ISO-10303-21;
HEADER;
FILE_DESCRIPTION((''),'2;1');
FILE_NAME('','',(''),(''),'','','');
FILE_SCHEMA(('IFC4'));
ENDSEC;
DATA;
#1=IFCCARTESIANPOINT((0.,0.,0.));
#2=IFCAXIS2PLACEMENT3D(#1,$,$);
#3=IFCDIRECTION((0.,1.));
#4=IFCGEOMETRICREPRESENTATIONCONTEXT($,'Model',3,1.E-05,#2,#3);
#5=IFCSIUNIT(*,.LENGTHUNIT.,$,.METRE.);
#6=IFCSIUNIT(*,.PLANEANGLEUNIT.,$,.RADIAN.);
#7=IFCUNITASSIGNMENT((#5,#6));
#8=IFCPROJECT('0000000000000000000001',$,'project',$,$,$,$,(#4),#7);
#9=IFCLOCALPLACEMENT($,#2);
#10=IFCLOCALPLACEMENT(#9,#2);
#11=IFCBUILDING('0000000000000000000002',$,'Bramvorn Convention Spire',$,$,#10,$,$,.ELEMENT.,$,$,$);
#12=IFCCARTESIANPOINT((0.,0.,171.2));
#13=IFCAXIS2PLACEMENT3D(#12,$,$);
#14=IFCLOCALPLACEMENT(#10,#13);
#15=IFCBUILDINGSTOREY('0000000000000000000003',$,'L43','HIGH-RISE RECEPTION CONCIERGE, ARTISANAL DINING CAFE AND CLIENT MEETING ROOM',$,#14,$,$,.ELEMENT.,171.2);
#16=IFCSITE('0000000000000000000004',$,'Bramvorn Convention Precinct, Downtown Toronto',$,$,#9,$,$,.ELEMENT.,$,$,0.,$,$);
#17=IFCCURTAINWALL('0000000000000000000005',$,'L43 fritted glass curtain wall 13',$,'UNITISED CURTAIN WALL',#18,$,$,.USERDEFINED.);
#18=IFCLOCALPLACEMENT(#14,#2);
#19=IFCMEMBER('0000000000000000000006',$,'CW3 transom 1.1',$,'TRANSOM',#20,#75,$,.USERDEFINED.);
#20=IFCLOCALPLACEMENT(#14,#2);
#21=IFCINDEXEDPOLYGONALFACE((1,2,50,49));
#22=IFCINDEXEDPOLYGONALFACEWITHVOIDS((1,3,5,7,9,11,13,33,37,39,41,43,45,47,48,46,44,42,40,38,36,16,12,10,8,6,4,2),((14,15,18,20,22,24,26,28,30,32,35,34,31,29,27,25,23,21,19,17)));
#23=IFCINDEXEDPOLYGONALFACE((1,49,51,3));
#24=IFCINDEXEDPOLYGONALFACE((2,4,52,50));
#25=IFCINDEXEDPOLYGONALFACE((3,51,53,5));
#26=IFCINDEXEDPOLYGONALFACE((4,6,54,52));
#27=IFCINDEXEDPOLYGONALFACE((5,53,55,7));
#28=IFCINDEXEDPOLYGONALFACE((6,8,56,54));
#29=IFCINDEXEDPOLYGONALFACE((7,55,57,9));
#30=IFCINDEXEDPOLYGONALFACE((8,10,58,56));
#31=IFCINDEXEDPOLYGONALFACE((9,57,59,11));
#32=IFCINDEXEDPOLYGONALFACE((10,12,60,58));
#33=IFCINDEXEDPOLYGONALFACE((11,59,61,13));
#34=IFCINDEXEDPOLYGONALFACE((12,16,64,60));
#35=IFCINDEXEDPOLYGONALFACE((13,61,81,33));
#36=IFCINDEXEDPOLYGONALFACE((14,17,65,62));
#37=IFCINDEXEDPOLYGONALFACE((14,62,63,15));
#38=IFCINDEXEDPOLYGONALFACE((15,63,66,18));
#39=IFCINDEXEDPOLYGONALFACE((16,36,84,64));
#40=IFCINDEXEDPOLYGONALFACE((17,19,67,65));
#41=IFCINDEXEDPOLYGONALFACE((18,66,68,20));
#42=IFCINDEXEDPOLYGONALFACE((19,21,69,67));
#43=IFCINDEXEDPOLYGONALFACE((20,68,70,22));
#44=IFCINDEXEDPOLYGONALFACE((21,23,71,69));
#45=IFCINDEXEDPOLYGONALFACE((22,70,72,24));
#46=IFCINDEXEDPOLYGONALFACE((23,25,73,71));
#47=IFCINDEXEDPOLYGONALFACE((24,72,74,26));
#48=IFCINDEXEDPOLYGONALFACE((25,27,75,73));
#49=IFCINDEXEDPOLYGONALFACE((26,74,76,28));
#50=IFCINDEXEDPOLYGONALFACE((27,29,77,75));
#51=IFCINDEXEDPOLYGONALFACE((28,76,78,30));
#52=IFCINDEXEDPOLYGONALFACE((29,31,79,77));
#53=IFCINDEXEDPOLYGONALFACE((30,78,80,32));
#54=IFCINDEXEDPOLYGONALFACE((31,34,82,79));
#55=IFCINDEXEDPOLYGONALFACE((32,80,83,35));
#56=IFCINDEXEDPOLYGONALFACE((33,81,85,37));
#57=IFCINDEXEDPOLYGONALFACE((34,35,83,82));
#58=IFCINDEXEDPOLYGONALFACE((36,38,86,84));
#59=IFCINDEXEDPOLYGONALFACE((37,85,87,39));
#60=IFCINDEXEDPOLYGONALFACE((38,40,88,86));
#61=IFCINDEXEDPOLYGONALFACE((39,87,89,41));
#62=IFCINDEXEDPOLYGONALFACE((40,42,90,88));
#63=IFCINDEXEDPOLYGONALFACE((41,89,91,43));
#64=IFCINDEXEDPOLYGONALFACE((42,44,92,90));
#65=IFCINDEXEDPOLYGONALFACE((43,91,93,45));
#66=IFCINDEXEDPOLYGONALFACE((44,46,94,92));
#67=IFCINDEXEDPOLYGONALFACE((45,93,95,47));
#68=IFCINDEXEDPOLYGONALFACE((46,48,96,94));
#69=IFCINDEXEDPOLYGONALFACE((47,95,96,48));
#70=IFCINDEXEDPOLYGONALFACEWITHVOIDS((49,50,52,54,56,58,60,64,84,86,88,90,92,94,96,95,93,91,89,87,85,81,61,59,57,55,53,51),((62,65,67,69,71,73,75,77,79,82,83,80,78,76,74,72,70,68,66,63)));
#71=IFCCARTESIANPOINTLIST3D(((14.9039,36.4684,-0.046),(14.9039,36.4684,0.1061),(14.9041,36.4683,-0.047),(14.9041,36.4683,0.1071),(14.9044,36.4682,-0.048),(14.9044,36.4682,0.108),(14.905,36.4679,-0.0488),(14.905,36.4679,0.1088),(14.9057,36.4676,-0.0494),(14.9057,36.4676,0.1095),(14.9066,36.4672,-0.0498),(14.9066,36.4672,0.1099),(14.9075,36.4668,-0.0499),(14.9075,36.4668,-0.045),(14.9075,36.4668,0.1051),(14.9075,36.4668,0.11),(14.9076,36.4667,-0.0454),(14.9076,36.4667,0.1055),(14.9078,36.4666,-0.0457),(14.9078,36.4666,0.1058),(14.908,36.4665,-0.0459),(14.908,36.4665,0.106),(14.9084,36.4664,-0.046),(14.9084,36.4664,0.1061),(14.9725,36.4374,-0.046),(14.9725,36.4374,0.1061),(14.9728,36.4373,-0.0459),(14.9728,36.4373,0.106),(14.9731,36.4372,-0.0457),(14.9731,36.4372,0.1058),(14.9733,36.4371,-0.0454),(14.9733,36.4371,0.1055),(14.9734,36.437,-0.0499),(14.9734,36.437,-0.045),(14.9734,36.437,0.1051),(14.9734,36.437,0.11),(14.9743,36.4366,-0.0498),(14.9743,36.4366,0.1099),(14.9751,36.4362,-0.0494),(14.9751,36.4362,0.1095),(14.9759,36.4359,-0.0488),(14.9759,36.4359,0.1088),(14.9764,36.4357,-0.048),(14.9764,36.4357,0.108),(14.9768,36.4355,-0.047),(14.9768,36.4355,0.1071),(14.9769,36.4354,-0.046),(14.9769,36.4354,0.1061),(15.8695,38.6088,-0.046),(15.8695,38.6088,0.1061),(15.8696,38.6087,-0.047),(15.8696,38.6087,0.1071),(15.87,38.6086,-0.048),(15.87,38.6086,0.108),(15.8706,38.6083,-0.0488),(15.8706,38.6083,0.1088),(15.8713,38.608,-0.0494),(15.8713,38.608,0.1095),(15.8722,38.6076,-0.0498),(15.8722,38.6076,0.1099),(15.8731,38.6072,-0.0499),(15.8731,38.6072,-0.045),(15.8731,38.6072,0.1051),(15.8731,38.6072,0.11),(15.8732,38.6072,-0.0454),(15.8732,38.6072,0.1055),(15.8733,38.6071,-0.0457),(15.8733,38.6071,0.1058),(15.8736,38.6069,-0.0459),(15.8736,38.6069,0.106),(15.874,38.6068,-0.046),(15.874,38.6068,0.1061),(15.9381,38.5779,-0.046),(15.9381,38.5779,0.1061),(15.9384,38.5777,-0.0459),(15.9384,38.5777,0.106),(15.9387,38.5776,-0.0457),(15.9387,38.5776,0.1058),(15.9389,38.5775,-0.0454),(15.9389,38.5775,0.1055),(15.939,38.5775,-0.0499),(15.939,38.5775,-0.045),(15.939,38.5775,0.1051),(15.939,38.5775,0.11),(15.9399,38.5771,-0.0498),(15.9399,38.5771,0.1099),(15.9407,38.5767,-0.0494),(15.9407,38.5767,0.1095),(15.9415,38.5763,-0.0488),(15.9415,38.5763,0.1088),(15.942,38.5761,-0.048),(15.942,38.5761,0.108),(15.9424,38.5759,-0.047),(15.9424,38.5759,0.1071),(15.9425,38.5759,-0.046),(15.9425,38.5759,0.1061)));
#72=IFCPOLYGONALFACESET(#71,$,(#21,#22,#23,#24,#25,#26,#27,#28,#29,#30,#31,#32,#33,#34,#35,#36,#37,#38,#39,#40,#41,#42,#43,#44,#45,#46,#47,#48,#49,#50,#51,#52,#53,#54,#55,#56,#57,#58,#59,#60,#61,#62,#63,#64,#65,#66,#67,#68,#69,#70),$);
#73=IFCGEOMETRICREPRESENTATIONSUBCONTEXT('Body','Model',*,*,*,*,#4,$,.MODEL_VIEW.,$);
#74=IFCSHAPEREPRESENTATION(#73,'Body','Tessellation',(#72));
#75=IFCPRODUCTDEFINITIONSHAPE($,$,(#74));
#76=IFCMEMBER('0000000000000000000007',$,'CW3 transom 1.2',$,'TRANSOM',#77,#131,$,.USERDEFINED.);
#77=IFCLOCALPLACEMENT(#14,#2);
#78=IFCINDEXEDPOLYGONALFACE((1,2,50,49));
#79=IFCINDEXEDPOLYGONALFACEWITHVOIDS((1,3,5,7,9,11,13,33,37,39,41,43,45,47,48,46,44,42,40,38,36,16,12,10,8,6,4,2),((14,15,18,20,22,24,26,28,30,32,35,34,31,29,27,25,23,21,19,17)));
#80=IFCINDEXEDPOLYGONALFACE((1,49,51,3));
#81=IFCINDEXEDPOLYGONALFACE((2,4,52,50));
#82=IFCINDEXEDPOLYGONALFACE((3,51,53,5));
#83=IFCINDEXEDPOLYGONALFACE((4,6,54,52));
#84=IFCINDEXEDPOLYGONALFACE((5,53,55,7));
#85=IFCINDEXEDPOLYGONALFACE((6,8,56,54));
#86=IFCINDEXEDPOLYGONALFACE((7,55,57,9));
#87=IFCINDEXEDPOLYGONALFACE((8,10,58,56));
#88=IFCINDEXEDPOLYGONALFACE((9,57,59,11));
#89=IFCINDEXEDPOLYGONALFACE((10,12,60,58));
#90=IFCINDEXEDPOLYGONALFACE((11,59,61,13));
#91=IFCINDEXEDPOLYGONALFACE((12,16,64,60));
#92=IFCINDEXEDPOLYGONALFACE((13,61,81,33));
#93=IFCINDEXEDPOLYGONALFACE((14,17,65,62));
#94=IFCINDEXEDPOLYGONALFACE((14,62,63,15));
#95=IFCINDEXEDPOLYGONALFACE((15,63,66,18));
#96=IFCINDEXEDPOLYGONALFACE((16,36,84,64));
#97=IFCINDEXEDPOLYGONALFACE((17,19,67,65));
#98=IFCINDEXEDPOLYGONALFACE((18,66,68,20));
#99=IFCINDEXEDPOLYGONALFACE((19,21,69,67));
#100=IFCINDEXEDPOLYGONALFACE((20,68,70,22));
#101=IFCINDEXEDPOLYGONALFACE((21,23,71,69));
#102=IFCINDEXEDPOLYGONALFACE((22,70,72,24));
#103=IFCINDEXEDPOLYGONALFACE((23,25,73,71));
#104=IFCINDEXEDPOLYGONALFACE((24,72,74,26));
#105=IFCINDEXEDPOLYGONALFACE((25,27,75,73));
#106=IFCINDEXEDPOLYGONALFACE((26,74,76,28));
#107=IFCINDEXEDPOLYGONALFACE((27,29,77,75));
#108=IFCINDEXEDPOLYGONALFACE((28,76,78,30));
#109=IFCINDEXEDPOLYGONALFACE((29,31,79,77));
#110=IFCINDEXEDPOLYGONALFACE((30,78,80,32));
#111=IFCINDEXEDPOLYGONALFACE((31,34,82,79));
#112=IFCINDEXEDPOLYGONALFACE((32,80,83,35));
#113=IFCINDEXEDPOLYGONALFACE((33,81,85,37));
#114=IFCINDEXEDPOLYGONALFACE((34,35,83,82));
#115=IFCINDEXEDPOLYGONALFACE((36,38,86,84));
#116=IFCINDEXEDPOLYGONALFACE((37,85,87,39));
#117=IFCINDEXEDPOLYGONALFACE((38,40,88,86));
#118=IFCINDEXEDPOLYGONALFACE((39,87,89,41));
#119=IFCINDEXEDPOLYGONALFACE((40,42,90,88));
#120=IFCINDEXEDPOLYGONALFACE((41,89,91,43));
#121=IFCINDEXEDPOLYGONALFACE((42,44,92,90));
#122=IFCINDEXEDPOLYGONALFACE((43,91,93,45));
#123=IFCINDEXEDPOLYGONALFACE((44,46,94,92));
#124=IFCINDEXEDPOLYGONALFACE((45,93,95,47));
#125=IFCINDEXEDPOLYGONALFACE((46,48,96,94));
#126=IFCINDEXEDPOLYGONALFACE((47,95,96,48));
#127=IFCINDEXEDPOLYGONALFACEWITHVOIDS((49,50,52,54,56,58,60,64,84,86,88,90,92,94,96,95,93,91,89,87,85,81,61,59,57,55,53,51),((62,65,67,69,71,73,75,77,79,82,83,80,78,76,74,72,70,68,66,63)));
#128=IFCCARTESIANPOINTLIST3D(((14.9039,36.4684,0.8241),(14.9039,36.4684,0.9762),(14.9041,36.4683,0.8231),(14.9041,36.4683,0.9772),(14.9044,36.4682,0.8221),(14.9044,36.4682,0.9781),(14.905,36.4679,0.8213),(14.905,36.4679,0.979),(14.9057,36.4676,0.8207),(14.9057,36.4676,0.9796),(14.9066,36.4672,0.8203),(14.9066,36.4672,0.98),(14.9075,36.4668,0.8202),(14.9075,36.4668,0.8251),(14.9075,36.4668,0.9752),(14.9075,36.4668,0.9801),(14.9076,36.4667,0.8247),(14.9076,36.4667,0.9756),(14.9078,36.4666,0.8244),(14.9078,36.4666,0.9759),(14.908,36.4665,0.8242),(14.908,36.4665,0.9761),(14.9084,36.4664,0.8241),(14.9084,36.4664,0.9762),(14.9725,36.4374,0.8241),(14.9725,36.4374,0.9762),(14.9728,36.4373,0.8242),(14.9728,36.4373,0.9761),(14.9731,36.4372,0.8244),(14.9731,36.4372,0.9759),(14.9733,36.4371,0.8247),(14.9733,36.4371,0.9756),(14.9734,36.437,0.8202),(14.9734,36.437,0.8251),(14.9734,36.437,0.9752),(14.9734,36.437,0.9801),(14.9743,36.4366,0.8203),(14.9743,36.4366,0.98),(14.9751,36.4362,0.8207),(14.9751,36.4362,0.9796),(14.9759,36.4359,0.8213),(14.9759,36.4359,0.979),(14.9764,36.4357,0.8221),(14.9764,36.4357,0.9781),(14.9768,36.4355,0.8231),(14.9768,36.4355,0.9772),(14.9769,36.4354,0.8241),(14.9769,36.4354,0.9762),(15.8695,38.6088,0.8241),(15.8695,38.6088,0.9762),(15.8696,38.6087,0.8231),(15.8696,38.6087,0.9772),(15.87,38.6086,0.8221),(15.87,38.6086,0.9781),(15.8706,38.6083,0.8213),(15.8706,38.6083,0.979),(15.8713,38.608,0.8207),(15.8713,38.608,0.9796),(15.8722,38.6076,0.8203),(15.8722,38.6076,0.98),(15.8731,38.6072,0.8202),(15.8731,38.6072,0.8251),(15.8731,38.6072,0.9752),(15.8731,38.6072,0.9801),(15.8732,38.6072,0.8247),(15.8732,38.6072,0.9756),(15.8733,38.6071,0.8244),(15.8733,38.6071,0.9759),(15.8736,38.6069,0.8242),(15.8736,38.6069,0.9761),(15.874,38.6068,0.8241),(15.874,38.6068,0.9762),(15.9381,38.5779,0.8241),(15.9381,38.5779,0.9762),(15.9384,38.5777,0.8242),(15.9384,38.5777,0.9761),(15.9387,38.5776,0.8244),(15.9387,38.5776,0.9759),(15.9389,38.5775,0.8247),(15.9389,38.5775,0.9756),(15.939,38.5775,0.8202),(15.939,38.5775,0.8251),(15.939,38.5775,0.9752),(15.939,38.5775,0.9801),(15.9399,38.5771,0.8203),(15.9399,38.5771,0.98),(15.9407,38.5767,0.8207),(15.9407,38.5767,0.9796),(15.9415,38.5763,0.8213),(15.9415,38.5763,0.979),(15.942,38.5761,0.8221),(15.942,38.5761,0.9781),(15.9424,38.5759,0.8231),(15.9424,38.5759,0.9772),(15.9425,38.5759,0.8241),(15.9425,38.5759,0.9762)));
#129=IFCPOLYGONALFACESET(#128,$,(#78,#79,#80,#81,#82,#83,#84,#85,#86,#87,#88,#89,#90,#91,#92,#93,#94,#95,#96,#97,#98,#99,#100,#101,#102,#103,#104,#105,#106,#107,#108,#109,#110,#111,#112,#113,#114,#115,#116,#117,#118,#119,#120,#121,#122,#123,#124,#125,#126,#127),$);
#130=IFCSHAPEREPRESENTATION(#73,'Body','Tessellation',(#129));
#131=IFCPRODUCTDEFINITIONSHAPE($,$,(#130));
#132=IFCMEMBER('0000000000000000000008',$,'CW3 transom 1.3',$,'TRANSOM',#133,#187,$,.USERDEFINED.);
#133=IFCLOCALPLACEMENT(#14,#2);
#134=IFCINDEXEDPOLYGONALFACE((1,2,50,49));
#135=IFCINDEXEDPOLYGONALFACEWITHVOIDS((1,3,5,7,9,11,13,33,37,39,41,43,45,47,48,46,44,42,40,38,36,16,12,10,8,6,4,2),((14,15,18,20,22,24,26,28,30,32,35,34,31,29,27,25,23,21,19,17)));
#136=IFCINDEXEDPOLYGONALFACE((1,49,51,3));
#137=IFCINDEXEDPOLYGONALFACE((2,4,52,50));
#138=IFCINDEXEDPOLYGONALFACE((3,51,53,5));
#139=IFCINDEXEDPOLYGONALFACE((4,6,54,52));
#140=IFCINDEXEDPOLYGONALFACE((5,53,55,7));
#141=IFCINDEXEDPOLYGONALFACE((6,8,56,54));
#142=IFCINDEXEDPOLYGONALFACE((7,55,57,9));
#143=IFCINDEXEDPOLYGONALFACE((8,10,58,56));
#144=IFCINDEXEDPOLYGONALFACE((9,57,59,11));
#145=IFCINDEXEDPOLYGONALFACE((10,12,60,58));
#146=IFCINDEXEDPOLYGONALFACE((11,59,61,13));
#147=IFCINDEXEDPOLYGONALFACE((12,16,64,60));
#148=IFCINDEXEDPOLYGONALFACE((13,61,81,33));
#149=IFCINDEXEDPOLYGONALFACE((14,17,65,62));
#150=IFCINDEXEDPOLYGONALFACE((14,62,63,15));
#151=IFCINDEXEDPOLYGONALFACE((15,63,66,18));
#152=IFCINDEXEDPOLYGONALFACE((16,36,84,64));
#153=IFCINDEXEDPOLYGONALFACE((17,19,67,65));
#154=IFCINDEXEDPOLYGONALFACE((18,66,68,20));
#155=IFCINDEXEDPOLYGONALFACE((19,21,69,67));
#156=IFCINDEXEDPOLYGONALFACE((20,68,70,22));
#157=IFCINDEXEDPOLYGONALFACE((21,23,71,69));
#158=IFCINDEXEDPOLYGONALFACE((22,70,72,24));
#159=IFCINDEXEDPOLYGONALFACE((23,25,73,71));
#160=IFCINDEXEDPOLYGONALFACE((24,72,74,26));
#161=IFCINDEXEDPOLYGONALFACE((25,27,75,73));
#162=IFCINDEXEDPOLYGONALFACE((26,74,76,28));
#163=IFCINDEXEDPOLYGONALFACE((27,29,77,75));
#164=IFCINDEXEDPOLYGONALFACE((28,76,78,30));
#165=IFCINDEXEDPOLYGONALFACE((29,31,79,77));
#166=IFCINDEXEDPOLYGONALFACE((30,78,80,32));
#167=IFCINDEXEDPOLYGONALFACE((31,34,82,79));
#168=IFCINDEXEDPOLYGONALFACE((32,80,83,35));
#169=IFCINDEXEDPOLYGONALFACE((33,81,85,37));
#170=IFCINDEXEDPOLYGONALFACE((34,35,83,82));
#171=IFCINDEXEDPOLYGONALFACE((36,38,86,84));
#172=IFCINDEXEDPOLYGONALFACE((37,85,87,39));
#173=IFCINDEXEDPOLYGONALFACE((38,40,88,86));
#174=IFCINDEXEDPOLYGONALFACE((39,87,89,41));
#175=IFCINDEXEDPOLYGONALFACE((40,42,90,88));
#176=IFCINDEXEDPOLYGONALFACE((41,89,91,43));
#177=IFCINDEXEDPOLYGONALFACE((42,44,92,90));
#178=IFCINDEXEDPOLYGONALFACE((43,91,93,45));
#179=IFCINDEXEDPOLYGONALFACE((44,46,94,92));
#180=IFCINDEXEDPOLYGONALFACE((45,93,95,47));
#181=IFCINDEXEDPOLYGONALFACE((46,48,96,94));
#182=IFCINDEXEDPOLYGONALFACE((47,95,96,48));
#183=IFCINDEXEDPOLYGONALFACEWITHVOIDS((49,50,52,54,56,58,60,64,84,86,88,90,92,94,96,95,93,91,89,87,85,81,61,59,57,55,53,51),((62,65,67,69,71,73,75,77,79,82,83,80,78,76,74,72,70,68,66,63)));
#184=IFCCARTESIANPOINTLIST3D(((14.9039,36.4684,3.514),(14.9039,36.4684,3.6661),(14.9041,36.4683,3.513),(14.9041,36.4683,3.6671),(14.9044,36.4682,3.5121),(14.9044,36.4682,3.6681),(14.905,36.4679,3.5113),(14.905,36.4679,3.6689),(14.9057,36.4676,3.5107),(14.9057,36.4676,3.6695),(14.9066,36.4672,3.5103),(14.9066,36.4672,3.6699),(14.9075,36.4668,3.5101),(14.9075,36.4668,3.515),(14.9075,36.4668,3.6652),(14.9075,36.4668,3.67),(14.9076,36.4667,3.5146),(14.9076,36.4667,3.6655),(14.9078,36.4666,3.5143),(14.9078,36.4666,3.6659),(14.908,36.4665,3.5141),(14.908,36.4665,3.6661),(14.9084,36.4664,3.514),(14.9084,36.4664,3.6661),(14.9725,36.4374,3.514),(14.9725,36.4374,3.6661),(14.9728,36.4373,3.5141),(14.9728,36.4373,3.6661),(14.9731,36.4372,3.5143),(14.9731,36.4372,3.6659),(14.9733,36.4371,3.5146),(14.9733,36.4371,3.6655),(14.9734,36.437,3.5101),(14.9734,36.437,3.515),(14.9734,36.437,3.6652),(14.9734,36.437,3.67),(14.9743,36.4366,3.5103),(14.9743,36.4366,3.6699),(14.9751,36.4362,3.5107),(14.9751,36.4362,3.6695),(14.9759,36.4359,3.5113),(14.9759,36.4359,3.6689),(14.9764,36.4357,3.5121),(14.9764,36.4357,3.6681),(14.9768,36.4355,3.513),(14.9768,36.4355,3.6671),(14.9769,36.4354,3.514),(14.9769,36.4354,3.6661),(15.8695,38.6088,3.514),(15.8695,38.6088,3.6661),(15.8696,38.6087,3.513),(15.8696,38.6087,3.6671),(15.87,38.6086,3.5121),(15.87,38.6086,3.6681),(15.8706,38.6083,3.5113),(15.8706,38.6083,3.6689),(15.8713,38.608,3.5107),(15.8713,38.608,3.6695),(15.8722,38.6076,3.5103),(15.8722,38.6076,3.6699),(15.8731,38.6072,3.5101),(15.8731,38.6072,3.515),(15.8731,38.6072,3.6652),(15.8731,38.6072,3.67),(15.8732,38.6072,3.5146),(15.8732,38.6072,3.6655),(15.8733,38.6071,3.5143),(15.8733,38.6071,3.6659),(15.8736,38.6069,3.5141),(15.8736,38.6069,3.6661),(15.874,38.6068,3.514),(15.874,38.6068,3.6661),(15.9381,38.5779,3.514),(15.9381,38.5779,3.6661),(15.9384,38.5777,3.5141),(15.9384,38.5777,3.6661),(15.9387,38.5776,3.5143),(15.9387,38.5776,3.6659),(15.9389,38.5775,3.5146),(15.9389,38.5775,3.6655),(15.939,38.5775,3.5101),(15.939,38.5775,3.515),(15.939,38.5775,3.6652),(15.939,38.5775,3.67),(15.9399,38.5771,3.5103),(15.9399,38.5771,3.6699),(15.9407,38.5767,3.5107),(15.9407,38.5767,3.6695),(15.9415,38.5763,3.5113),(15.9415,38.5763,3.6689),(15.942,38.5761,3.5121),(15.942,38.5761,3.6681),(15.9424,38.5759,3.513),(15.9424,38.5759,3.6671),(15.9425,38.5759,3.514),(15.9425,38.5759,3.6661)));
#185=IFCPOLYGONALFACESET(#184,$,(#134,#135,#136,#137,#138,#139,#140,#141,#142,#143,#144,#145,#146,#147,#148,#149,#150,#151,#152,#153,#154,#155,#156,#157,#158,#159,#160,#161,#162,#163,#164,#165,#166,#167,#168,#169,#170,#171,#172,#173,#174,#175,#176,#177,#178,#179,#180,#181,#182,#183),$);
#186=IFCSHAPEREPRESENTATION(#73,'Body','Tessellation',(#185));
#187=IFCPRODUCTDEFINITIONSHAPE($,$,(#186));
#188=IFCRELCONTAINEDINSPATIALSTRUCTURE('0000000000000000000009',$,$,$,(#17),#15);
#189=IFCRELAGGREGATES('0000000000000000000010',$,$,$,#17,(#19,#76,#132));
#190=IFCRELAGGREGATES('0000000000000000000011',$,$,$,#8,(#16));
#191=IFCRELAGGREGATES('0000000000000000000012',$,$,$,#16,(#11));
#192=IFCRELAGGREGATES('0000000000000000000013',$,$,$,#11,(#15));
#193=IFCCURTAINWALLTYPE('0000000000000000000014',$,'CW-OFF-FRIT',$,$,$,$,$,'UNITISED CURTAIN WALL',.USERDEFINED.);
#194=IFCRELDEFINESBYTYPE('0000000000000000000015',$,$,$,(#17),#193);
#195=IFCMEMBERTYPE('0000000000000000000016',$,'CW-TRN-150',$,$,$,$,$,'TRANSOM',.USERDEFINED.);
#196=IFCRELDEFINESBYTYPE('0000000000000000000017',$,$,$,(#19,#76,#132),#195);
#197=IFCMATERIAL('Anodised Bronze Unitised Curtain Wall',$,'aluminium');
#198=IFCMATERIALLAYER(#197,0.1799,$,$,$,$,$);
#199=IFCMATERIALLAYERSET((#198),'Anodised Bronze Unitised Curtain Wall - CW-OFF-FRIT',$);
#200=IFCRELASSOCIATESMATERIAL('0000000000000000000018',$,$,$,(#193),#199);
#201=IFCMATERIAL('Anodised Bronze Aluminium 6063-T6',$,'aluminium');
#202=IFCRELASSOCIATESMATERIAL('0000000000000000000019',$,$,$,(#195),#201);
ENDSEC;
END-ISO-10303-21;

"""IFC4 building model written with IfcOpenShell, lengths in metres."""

from ifc_helpers import new_model, si_unit, direction, frame, origin, origin_2d, place, context, subcontext, project, spatial, hollow_rectangle, extrude, material, layer, layer_set, material_profile, profile_set, type_object, element, aggregate, save


model = new_model("IFC4")

# Units and contexts
model_context = context("Model", 3, precision=1e-05, world=origin(), true_north=direction((0.0, 1.0)))
body_context = subcontext(model_context, "Body", "Model", "MODEL_VIEW")
ifc_project = project(units=[si_unit("LENGTHUNIT", "METRE"), si_unit("PLANEANGLEUNIT", "RADIAN")], contexts=[model_context])

# Site, building, storey
site_placement = place(None, origin())
site = spatial("IfcSite", under=ifc_project, at=site_placement, Name="Bramvorn Convention Precinct, Downtown Toronto", CompositionType="ELEMENT", RefElevation=0.0)
building_placement = place(site_placement, origin())
building = spatial("IfcBuilding", under=site, at=building_placement, Name="Bramvorn Convention Spire", CompositionType="ELEMENT")
storey_placement = place(building_placement, frame((0.0, 0.0, 171.2)))
storey = spatial("IfcBuildingStorey", under=building, at=storey_placement, Name="L43", Description="HIGH-RISE RECEPTION CONCIERGE, ARTISANAL DINING CAFE AND CLIENT MEETING ROOM", CompositionType="ELEMENT", Elevation=171.2)

# Curtain wall
ifc_material_1 = material(Name="Anodised Bronze Unitised Curtain Wall", Category="aluminium")
ifc_layer_1 = layer(ifc_material_1, 0.1799)
ifc_layer_set_1 = layer_set([ifc_layer_1], Name="Anodised Bronze Unitised Curtain Wall - CW-OFF-FRIT")
curtain_wall_type = type_object("IfcCurtainWallType", Name="CW-OFF-FRIT", ElementType="UNITISED CURTAIN WALL", PredefinedType="USERDEFINED", material=ifc_layer_set_1)
curtain_wall_1_placement = place(storey_placement, origin())
curtain_wall_1 = element("IfcCurtainWall", 1, at=curtain_wall_1_placement, inside=storey, type_object=curtain_wall_type, Name="L43 fritted glass curtain wall 13", ObjectType="UNITISED CURTAIN WALL", PredefinedType="USERDEFINED")
ifc_material_2 = material(Name="Anodised Bronze Aluminium 6063-T6", Category="aluminium")

# Members
ifc_material_profile_1 = material_profile(ifc_material_2, hollow_rectangle(XDim=0.0801, YDim=0.1599, WallThickness=0.0039, InnerFilletRadius=0.001, OuterFilletRadius=0.0039, at=origin_2d()))
ifc_profile_set_1 = profile_set([ifc_material_profile_1], Name="Anodised Bronze Aluminium 6063-T6 - CWT80X160")
member_type_1 = type_object("IfcMemberType", Name="CW-TRN-150", ElementType="TRANSOM", PredefinedType="USERDEFINED", material=ifc_profile_set_1)
member_1_placement = place(storey_placement, frame((14.9404, 36.4519, 0.03), z_axis=(0.411216, 0.911538, 0.0), x_axis=(-0.911538, 0.411216, 0.0)))
member_1 = element("IfcMember", 2, at=member_1_placement, type_object=member_type_1, Name="CW3 transom 1.1", ObjectType="TRANSOM", PredefinedType="USERDEFINED", context=body_context, shape_type="SweptSolid", body=[
    extrude(hollow_rectangle(XDim=0.0801, YDim=0.1599, WallThickness=0.0039, InnerFilletRadius=0.001, OuterFilletRadius=0.0039, at=origin_2d()), origin(), (0.0, 0.0, 1.0), 2.3481),
])
member_2_placement = place(storey_placement, frame((14.9404, 36.4519, 0.9001), z_axis=(0.411216, 0.911538, 0.0), x_axis=(-0.911538, 0.411216, 0.0)))
member_2 = element("IfcMember", 3, at=member_2_placement, type_object=member_type_1, Name="CW3 transom 1.2", ObjectType="TRANSOM", PredefinedType="USERDEFINED", context=body_context, shape_type="SweptSolid", body=[
    extrude(hollow_rectangle(XDim=0.0801, YDim=0.1599, WallThickness=0.0039, InnerFilletRadius=0.001, OuterFilletRadius=0.0039, at=origin_2d()), origin(), (0.0, 0.0, 1.0), 2.3481),
])
member_3_placement = place(storey_placement, frame((14.9404, 36.4519, 3.5901), z_axis=(0.411216, 0.911538, 0.0), x_axis=(-0.911538, 0.411216, 0.0)))
member_3 = element("IfcMember", 4, at=member_3_placement, type_object=member_type_1, Name="CW3 transom 1.3", ObjectType="TRANSOM", PredefinedType="USERDEFINED", context=body_context, shape_type="SweptSolid", body=[
    extrude(hollow_rectangle(XDim=0.0801, YDim=0.1599, WallThickness=0.0039, InnerFilletRadius=0.001, OuterFilletRadius=0.0039, at=origin_2d()), origin(), (0.0, 0.0, 1.0), 2.3481),
])

aggregate(curtain_wall_1, [member_1, member_2, member_3])

save(model, "model.ifc")
